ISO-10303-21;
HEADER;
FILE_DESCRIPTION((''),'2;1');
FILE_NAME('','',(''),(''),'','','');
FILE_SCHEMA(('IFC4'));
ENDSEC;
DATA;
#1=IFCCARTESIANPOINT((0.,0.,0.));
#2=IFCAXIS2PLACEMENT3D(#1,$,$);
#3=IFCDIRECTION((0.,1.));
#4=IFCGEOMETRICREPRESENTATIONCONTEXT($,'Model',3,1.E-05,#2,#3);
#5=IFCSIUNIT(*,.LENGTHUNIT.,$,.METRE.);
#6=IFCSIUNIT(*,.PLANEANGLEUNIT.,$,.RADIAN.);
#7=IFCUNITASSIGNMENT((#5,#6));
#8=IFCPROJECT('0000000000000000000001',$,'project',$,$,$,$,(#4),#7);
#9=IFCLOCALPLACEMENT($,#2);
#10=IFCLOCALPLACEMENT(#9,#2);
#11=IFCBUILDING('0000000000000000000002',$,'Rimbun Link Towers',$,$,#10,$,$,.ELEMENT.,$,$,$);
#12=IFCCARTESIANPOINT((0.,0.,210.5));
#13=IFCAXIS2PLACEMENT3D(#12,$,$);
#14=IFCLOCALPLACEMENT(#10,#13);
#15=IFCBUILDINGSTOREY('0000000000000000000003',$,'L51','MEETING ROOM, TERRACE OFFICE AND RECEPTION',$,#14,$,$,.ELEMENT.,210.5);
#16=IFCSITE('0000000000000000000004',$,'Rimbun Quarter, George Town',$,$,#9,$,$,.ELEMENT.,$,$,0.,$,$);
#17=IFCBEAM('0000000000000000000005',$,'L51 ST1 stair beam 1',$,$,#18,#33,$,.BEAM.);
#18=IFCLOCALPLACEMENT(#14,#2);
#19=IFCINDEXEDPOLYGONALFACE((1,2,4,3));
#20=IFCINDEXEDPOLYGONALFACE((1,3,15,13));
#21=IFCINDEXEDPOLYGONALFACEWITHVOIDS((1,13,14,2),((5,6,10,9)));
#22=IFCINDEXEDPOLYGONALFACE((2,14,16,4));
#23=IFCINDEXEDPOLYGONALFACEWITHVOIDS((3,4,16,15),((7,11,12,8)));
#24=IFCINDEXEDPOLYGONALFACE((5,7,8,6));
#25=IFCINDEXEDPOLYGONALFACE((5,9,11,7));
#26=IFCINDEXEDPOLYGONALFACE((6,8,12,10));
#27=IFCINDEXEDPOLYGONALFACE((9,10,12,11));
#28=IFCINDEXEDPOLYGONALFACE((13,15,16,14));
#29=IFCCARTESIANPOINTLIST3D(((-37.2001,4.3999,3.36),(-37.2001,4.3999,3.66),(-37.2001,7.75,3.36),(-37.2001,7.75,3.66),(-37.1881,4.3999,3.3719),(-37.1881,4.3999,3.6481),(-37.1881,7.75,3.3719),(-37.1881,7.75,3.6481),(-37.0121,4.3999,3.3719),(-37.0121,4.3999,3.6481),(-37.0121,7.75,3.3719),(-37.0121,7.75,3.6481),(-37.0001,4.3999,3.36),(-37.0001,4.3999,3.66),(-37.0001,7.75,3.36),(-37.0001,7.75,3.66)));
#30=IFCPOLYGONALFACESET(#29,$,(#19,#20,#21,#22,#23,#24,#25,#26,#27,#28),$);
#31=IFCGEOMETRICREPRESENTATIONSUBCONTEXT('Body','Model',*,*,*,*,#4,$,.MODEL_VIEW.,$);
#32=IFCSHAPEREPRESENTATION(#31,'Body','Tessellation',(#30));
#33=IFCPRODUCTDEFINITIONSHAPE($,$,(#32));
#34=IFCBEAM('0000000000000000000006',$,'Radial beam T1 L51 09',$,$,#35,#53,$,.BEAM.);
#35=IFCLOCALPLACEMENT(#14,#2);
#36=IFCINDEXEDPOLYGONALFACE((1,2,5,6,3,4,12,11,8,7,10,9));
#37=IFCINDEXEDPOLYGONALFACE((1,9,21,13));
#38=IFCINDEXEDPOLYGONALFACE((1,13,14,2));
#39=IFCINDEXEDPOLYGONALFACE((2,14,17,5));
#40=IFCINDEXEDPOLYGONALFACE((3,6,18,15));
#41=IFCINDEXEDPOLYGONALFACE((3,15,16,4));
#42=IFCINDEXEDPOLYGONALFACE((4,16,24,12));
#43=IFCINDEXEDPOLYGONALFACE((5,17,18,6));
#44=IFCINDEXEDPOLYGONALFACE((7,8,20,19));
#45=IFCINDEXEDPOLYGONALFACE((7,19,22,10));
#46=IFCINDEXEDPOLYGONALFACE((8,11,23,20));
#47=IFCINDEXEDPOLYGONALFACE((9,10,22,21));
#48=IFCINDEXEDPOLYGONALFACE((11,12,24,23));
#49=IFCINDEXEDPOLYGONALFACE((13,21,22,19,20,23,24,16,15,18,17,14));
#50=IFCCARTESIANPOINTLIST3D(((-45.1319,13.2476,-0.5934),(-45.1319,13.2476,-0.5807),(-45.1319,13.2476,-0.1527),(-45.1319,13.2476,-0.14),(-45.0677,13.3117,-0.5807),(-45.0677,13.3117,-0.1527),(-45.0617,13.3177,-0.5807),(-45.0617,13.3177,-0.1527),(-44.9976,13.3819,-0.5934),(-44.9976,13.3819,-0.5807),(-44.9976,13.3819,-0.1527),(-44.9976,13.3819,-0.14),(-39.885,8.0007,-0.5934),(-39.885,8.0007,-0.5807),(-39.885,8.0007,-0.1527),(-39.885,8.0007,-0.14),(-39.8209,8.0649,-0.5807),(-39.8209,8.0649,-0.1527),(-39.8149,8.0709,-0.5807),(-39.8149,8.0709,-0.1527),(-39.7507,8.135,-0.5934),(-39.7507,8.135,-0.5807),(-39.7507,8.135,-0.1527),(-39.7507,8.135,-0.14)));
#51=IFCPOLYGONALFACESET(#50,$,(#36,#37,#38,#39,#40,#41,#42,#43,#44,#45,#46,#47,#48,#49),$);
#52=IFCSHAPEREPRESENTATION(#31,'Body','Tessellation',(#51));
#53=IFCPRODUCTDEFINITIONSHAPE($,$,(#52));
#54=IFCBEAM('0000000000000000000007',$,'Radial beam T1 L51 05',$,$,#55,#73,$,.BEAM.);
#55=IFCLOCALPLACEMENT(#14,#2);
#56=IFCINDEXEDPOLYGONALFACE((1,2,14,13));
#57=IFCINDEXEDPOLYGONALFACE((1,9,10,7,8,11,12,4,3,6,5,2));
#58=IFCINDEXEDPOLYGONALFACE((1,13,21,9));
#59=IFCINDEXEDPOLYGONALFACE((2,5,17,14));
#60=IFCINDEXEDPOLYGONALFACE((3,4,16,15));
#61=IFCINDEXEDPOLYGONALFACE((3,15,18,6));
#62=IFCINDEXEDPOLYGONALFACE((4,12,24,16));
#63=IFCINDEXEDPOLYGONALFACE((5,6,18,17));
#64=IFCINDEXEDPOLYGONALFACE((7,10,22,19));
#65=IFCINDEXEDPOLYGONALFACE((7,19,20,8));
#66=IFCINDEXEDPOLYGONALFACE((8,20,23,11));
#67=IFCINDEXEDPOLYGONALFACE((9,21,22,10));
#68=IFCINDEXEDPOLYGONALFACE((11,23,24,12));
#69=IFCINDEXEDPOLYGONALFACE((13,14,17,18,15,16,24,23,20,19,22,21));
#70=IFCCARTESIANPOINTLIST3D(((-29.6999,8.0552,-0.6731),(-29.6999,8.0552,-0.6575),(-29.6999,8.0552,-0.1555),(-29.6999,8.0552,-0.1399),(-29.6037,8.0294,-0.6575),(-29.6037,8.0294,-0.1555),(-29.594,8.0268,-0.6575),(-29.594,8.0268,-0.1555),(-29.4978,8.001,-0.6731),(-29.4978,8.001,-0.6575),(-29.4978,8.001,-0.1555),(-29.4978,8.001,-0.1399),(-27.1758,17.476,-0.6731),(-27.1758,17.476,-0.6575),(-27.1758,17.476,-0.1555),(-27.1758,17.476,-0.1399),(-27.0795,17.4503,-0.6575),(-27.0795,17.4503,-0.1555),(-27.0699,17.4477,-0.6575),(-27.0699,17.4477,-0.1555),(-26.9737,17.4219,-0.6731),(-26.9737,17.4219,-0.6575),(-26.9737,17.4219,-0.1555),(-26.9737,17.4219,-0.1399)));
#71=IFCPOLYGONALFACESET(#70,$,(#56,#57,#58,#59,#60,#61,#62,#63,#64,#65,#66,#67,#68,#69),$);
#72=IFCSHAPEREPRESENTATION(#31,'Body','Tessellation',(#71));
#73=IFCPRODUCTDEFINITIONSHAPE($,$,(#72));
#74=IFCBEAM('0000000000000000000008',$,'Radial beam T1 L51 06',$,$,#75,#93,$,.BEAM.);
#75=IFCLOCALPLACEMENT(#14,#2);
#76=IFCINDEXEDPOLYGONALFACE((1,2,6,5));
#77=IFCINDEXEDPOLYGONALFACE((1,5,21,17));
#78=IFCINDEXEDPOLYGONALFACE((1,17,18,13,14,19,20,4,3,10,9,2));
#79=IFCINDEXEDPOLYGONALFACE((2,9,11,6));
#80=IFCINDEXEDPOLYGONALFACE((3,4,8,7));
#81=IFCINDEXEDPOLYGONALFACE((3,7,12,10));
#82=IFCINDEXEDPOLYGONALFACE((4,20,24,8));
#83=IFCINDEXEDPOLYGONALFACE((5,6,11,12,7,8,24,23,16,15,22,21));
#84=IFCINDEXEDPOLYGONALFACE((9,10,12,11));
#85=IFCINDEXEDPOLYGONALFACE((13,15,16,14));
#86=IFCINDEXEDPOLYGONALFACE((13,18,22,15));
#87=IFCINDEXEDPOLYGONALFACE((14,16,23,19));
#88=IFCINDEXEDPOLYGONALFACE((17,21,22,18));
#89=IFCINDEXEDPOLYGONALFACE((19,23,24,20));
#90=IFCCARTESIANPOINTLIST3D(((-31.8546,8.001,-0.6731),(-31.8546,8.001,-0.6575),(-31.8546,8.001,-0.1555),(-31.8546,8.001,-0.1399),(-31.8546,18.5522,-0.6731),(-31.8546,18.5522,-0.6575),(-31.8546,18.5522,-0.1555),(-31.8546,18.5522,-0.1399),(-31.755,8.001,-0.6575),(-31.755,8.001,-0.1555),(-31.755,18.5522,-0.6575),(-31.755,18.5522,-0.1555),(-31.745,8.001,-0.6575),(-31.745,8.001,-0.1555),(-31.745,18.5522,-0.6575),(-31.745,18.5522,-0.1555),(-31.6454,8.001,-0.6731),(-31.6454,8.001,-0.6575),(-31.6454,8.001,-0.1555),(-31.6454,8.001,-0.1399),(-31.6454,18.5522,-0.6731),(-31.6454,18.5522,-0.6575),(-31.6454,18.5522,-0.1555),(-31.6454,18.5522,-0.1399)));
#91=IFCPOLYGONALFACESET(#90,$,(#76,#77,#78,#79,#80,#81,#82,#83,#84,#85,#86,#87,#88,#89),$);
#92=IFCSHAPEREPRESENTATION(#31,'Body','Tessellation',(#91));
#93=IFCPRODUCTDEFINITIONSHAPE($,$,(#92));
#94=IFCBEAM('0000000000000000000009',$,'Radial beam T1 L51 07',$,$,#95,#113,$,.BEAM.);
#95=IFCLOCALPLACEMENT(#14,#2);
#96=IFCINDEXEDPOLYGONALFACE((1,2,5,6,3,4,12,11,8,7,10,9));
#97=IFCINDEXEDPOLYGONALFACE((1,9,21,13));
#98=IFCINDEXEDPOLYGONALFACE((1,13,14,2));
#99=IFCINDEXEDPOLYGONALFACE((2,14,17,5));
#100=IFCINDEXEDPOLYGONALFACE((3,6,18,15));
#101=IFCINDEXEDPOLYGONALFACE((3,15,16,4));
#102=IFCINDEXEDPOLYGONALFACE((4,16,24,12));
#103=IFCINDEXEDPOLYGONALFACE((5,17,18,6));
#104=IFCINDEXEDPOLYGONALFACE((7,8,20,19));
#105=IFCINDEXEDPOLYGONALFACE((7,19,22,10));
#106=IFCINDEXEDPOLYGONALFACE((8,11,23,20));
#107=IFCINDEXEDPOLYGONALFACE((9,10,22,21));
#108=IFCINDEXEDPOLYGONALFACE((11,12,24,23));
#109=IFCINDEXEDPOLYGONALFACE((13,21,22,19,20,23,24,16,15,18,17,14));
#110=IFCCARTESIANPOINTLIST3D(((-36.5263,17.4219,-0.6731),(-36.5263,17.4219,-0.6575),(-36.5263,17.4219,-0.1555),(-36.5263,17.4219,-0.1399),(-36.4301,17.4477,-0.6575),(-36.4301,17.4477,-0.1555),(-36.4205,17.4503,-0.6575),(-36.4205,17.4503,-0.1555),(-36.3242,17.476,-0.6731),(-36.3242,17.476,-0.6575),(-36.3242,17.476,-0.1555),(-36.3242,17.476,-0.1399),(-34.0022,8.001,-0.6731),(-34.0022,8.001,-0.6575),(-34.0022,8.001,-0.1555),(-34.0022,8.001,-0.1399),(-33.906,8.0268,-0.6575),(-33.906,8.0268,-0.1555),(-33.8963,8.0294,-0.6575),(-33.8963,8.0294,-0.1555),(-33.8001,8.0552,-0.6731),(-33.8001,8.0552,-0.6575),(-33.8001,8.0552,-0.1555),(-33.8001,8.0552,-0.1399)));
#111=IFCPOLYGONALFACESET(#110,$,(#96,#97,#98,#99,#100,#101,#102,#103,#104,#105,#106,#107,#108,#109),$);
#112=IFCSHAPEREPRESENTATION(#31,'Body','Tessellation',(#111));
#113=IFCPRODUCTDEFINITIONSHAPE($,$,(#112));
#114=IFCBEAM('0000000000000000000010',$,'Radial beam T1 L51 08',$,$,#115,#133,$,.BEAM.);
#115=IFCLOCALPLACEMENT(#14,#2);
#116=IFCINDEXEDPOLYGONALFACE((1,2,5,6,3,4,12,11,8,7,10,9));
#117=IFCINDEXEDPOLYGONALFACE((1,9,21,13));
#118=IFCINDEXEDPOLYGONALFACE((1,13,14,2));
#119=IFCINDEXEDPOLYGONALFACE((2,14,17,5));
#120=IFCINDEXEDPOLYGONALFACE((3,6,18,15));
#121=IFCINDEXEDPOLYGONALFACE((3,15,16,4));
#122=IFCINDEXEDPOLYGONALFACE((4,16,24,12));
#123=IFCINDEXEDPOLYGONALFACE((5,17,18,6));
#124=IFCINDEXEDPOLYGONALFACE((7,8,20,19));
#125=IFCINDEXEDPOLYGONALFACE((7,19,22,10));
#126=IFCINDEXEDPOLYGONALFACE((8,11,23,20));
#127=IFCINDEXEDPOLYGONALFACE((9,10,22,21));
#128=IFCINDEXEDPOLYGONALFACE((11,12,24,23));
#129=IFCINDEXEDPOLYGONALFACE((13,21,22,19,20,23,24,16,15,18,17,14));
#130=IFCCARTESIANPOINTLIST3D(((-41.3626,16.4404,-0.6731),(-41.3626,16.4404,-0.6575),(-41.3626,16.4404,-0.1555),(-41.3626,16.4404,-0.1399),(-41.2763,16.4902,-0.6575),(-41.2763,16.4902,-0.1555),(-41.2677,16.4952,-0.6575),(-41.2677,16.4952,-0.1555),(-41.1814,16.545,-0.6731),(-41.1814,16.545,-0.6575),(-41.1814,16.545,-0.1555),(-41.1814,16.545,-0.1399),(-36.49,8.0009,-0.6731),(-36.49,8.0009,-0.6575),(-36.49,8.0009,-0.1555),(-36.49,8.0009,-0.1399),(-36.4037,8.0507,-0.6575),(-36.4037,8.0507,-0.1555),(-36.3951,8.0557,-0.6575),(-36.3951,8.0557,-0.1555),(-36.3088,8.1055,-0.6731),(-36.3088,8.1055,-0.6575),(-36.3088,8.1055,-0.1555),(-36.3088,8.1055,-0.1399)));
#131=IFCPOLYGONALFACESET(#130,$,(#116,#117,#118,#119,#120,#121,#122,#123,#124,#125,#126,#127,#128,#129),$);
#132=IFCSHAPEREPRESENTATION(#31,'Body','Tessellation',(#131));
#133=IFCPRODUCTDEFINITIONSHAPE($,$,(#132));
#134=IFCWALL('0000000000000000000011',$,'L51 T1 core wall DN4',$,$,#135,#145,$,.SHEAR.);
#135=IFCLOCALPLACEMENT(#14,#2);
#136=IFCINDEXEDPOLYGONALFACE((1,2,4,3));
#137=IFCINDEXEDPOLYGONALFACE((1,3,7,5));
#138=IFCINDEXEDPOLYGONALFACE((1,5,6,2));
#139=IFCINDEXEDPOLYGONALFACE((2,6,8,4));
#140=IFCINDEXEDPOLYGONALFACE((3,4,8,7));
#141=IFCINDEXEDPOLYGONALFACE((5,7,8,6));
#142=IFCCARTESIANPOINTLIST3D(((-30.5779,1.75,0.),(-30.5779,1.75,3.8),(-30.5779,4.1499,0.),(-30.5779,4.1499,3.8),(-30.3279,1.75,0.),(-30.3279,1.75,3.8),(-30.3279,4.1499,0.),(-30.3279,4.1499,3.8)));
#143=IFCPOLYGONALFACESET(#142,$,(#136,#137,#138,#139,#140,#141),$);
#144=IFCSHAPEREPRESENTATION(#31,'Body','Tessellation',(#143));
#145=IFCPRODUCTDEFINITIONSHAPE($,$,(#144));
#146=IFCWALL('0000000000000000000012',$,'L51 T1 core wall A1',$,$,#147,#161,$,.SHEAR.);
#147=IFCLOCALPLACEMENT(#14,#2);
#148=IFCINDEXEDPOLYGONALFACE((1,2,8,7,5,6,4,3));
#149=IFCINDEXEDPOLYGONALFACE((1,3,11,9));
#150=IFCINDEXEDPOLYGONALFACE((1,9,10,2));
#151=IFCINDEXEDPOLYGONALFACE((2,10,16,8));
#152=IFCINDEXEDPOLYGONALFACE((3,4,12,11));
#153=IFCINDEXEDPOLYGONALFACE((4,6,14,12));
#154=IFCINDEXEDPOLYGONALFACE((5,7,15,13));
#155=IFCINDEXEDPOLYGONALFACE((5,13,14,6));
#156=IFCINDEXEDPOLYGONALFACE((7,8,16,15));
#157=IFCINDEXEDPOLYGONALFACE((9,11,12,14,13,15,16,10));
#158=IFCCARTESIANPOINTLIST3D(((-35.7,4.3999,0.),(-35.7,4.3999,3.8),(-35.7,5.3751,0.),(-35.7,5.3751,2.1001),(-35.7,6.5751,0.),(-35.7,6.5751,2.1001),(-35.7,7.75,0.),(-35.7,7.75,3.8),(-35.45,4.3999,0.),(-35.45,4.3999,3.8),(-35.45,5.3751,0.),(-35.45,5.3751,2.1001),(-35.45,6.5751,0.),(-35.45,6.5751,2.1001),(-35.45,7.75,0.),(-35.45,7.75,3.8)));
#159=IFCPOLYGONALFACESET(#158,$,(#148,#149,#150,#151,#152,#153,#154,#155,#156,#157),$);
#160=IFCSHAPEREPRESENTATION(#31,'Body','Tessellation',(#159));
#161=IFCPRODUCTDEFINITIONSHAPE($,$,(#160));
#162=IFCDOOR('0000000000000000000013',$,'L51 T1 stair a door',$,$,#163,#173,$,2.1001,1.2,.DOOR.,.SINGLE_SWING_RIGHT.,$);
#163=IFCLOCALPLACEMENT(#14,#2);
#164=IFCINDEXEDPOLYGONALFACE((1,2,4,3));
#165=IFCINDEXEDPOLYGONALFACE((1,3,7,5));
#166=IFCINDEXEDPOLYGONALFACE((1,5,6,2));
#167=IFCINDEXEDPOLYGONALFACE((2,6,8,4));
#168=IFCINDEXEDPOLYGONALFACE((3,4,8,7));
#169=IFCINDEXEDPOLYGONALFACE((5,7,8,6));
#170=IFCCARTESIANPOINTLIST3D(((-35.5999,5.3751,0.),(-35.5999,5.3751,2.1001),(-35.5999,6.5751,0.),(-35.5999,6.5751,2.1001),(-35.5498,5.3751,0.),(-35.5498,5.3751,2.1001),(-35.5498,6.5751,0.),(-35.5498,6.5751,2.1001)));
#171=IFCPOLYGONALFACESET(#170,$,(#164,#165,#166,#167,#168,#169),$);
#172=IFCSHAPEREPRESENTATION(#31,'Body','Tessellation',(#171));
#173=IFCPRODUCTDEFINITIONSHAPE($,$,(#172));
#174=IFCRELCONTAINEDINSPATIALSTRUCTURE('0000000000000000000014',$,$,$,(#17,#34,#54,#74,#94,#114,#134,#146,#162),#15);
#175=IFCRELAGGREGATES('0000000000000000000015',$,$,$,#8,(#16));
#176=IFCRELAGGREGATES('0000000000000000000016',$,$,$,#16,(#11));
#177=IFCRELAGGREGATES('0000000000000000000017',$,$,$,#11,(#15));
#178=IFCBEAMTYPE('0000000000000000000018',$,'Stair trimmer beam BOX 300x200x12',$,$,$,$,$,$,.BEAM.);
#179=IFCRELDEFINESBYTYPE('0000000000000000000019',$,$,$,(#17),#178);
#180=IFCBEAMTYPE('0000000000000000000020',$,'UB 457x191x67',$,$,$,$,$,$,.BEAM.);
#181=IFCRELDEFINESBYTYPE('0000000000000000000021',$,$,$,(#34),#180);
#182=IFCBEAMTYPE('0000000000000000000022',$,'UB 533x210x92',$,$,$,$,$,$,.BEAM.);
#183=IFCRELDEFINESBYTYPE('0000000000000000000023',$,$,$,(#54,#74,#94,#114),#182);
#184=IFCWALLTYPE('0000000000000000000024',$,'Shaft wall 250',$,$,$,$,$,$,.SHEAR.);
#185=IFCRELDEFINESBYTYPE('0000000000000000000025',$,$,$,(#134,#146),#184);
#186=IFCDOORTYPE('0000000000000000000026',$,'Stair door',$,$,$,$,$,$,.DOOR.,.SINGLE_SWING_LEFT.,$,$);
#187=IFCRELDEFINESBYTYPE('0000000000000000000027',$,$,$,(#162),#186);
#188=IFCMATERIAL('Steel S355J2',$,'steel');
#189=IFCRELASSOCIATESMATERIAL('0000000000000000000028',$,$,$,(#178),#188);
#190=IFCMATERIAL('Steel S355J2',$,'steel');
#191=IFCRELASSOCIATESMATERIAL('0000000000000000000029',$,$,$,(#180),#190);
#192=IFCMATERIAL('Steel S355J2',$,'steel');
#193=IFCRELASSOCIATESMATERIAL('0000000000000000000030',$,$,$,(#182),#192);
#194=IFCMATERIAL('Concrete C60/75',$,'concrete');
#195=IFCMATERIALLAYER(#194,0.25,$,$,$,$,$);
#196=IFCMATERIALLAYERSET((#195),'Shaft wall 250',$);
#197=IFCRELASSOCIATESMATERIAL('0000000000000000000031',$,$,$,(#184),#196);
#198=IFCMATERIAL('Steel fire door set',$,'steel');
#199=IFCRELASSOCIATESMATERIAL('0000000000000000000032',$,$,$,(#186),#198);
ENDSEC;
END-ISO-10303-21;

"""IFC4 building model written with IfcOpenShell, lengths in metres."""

from ifc_helpers import new_model, si_unit, direction, frame, frame_2d, origin, origin_2d, place, context, subcontext, project, spatial, rectangle, hollow_rectangle, i_section, extrude, material, layer, layer_set, material_profile, profile_set, type_object, element, fill, save


model = new_model("IFC4")

# Units and contexts
model_context = context("Model", 3, precision=1e-05, world=origin(), true_north=direction((0.0, 1.0)))
body_context = subcontext(model_context, "Body", "Model", "MODEL_VIEW")
ifc_project = project(units=[si_unit("LENGTHUNIT", "METRE"), si_unit("PLANEANGLEUNIT", "RADIAN")], contexts=[model_context])

# Site, building, storey
site_placement = place(None, origin())
site = spatial("IfcSite", under=ifc_project, at=site_placement, Name="Rimbun Quarter, George Town", CompositionType="ELEMENT", RefElevation=0.0)
building_placement = place(site_placement, origin())
building = spatial("IfcBuilding", under=site, at=building_placement, Name="Rimbun Link Towers", CompositionType="ELEMENT")
storey_placement = place(building_placement, frame((0.0, 0.0, 210.5)))
storey = spatial("IfcBuildingStorey", under=building, at=storey_placement, Name="L51", Description="MEETING ROOM, TERRACE OFFICE AND RECEPTION", CompositionType="ELEMENT", Elevation=210.5)

# Beams
ifc_material_1 = material(Name="Steel S355J2", Category="steel")
ifc_material_profile_1 = material_profile(ifc_material_1, hollow_rectangle(XDim=0.2, YDim=0.3, WallThickness=0.012, at=origin_2d()), Name="BOX 300x200x12")
ifc_profile_set_1 = profile_set([ifc_material_profile_1], Name="Steel S355J2")
beam_type_1 = type_object("IfcBeamType", Name="Stair trimmer beam BOX 300x200x12", PredefinedType="BEAM", material=ifc_profile_set_1)
beam_1_placement = place(storey_placement, frame((-37.1001, 7.75, 3.51), z_axis=(0.0, -1.0, 0.0), x_axis=(1.0, 0.0, 0.0)))
element("IfcBeam", 1, at=beam_1_placement, inside=storey, type_object=beam_type_1, Name="L51 ST1 stair beam 1", PredefinedType="BEAM", context=body_context, shape_type="SweptSolid", body=[
    extrude(hollow_rectangle(XDim=0.2, YDim=0.3, WallThickness=0.012, at=origin_2d()), origin(), (0.0, 0.0, 1.0), 3.3501),
])
ifc_material_2 = material(Name="Steel S355J2", Category="steel")
ifc_material_profile_2 = material_profile(ifc_material_2, i_section(OverallWidth=0.1899, OverallDepth=0.4534, WebThickness=0.0085, FlangeThickness=0.0127, at=origin_2d()), Name="UB 457x191x67")
ifc_profile_set_2 = profile_set([ifc_material_profile_2], Name="Steel S355J2")
beam_type_2 = type_object("IfcBeamType", Name="UB 457x191x67", PredefinedType="BEAM", material=ifc_profile_set_2)
beam_2_placement = place(storey_placement, frame((-39.8179, 8.0679, -0.3667), z_axis=(-0.707107, 0.707107, 0.0), x_axis=(-0.707107, -0.707107, 0.0)))
element("IfcBeam", 2, at=beam_2_placement, inside=storey, type_object=beam_type_2, Name="Radial beam T1 L51 09", PredefinedType="BEAM", context=body_context, shape_type="SweptSolid", body=[
    extrude(i_section(OverallWidth=0.1899, OverallDepth=0.4534, WebThickness=0.0085, FlangeThickness=0.0127, at=origin_2d()), origin(), (0.0, 0.0, 1.0), 7.4202),
])
ifc_material_3 = material(Name="Steel S355J2", Category="steel")
ifc_material_profile_3 = material_profile(ifc_material_3, i_section(OverallWidth=0.2092, OverallDepth=0.5332, WebThickness=0.01, FlangeThickness=0.0156, at=origin_2d()), Name="UB 533x210x92")
ifc_profile_set_3 = profile_set([ifc_material_profile_3], Name="Steel S355J2")
beam_type_3 = type_object("IfcBeamType", Name="UB 533x210x92", PredefinedType="BEAM", material=ifc_profile_set_3)
beam_3_placement = place(storey_placement, frame((-29.5989, 8.0281, -0.4065), z_axis=(0.258804, 0.96593, 0.0), x_axis=(-0.96593, 0.258804, 0.0)))
element("IfcBeam", 3, at=beam_3_placement, inside=storey, type_object=beam_type_3, Name="Radial beam T1 L51 05", PredefinedType="BEAM", context=body_context, shape_type="SweptSolid", body=[
    extrude(i_section(OverallWidth=0.2092, OverallDepth=0.5332, WebThickness=0.01, FlangeThickness=0.0156, at=origin_2d()), origin(), (0.0, 0.0, 1.0), 9.7532),
])
beam_4_placement = place(storey_placement, frame((-31.75, 8.001, -0.4065), z_axis=(0.0, 1.0, 0.0), x_axis=(-1.0, 0.0, 0.0)))
element("IfcBeam", 4, at=beam_4_placement, inside=storey, type_object=beam_type_3, Name="Radial beam T1 L51 06", PredefinedType="BEAM", context=body_context, shape_type="SweptSolid", body=[
    extrude(i_section(OverallWidth=0.2092, OverallDepth=0.5332, WebThickness=0.01, FlangeThickness=0.0156, at=origin_2d()), origin(), (0.0, 0.0, 1.0), 10.5513),
])
beam_5_placement = place(storey_placement, frame((-33.9011, 8.0281, -0.4065), z_axis=(-0.258804, 0.96593, 0.0), x_axis=(-0.96593, -0.258804, 0.0)))
element("IfcBeam", 5, at=beam_5_placement, inside=storey, type_object=beam_type_3, Name="Radial beam T1 L51 07", PredefinedType="BEAM", context=body_context, shape_type="SweptSolid", body=[
    extrude(i_section(OverallWidth=0.2092, OverallDepth=0.5332, WebThickness=0.01, FlangeThickness=0.0156, at=origin_2d()), origin(), (0.0, 0.0, 1.0), 9.7532),
])
beam_6_placement = place(storey_placement, frame((-36.3994, 8.0532, -0.4065), z_axis=(-0.500003, 0.866024, 0.0), x_axis=(-0.866024, -0.500003, 0.0)))
element("IfcBeam", 6, at=beam_6_placement, inside=storey, type_object=beam_type_3, Name="Radial beam T1 L51 08", PredefinedType="BEAM", context=body_context, shape_type="SweptSolid", body=[
    extrude(i_section(OverallWidth=0.2092, OverallDepth=0.5332, WebThickness=0.01, FlangeThickness=0.0156, at=origin_2d()), origin(), (0.0, 0.0, 1.0), 9.7451),
])

# Wall
ifc_material_4 = material(Name="Concrete C60/75", Category="concrete")
ifc_layer_1 = layer(ifc_material_4, 0.25)
ifc_layer_set_1 = layer_set([ifc_layer_1], Name="Shaft wall 250")
wall_type_1 = type_object("IfcWallType", Name="Shaft wall 250", PredefinedType="SHEAR", material=ifc_layer_set_1)
wall_1_placement = place(storey_placement, frame((-30.4529, 1.75, 0.0), z_axis=(0.0, 0.0, 1.0), x_axis=(0.0, 1.0, 0.0)))
element("IfcWall", 7, at=wall_1_placement, inside=storey, type_object=wall_type_1, Name="L51 T1 core wall DN4", PredefinedType="SHEAR", context=body_context, shape_type="SweptSolid", body=[
    extrude(rectangle(XDim=2.3999, YDim=0.25, at=frame_2d((1.2, 0.0))), origin(), (0.0, 0.0, 1.0), 3.8),
])

# Wall, opening, door
wall_2_placement = place(storey_placement, frame((-35.575, 4.3999, 0.0), z_axis=(0.0, 0.0, 1.0), x_axis=(0.0, 1.0, 0.0)))
wall_2 = element("IfcWall", 8, at=wall_2_placement, inside=storey, type_object=wall_type_1, Name="L51 T1 core wall A1", PredefinedType="SHEAR", context=body_context, shape_type="SweptSolid", body=[
    extrude(rectangle(XDim=3.3501, YDim=0.25, at=frame_2d((1.675, 0.0))), origin(), (0.0, 0.0, 1.0), 3.8),
])
opening_1_placement = place(wall_2_placement, frame((0.9751, 0.0, 0.0)))
opening_1 = element("IfcOpeningElement", 9, at=opening_1_placement, cuts=wall_2, PredefinedType="OPENING", context=body_context, shape_type="SweptSolid", body=[
    extrude(rectangle(XDim=1.2, YDim=2.1001, at=frame_2d((0.6001, 1.05))), frame((0.0, 0.135, 0.0), z_axis=(0.0, -1.0, 0.0), x_axis=(1.0, 0.0, 0.0)), (0.0, 0.0, 1.0), 0.27),
])
ifc_material_5 = material(Name="Steel fire door set", Category="steel")
door_type_1 = type_object("IfcDoorType", Name="Stair door", OperationType="SINGLE_SWING_LEFT", PredefinedType="DOOR", material=ifc_material_5)
door_1_placement = place(opening_1_placement, origin())
door_1 = element("IfcDoor", 10, at=door_1_placement, inside=storey, type_object=door_type_1, Name="L51 T1 stair a door", OperationType="SINGLE_SWING_RIGHT", OverallHeight=2.1001, OverallWidth=1.2, PredefinedType="DOOR", context=body_context, shape_type="SweptSolid", body=[
    extrude(rectangle(XDim=1.2, YDim=2.1001, at=frame_2d((0.6001, 1.05))), frame((0.0, 0.0249, 0.0), z_axis=(0.0, -1.0, 0.0), x_axis=(1.0, 0.0, 0.0)), (0.0, 0.0, 1.0), 0.05),
])
fill(opening_1, door_1)

save(model, "model.ifc")
